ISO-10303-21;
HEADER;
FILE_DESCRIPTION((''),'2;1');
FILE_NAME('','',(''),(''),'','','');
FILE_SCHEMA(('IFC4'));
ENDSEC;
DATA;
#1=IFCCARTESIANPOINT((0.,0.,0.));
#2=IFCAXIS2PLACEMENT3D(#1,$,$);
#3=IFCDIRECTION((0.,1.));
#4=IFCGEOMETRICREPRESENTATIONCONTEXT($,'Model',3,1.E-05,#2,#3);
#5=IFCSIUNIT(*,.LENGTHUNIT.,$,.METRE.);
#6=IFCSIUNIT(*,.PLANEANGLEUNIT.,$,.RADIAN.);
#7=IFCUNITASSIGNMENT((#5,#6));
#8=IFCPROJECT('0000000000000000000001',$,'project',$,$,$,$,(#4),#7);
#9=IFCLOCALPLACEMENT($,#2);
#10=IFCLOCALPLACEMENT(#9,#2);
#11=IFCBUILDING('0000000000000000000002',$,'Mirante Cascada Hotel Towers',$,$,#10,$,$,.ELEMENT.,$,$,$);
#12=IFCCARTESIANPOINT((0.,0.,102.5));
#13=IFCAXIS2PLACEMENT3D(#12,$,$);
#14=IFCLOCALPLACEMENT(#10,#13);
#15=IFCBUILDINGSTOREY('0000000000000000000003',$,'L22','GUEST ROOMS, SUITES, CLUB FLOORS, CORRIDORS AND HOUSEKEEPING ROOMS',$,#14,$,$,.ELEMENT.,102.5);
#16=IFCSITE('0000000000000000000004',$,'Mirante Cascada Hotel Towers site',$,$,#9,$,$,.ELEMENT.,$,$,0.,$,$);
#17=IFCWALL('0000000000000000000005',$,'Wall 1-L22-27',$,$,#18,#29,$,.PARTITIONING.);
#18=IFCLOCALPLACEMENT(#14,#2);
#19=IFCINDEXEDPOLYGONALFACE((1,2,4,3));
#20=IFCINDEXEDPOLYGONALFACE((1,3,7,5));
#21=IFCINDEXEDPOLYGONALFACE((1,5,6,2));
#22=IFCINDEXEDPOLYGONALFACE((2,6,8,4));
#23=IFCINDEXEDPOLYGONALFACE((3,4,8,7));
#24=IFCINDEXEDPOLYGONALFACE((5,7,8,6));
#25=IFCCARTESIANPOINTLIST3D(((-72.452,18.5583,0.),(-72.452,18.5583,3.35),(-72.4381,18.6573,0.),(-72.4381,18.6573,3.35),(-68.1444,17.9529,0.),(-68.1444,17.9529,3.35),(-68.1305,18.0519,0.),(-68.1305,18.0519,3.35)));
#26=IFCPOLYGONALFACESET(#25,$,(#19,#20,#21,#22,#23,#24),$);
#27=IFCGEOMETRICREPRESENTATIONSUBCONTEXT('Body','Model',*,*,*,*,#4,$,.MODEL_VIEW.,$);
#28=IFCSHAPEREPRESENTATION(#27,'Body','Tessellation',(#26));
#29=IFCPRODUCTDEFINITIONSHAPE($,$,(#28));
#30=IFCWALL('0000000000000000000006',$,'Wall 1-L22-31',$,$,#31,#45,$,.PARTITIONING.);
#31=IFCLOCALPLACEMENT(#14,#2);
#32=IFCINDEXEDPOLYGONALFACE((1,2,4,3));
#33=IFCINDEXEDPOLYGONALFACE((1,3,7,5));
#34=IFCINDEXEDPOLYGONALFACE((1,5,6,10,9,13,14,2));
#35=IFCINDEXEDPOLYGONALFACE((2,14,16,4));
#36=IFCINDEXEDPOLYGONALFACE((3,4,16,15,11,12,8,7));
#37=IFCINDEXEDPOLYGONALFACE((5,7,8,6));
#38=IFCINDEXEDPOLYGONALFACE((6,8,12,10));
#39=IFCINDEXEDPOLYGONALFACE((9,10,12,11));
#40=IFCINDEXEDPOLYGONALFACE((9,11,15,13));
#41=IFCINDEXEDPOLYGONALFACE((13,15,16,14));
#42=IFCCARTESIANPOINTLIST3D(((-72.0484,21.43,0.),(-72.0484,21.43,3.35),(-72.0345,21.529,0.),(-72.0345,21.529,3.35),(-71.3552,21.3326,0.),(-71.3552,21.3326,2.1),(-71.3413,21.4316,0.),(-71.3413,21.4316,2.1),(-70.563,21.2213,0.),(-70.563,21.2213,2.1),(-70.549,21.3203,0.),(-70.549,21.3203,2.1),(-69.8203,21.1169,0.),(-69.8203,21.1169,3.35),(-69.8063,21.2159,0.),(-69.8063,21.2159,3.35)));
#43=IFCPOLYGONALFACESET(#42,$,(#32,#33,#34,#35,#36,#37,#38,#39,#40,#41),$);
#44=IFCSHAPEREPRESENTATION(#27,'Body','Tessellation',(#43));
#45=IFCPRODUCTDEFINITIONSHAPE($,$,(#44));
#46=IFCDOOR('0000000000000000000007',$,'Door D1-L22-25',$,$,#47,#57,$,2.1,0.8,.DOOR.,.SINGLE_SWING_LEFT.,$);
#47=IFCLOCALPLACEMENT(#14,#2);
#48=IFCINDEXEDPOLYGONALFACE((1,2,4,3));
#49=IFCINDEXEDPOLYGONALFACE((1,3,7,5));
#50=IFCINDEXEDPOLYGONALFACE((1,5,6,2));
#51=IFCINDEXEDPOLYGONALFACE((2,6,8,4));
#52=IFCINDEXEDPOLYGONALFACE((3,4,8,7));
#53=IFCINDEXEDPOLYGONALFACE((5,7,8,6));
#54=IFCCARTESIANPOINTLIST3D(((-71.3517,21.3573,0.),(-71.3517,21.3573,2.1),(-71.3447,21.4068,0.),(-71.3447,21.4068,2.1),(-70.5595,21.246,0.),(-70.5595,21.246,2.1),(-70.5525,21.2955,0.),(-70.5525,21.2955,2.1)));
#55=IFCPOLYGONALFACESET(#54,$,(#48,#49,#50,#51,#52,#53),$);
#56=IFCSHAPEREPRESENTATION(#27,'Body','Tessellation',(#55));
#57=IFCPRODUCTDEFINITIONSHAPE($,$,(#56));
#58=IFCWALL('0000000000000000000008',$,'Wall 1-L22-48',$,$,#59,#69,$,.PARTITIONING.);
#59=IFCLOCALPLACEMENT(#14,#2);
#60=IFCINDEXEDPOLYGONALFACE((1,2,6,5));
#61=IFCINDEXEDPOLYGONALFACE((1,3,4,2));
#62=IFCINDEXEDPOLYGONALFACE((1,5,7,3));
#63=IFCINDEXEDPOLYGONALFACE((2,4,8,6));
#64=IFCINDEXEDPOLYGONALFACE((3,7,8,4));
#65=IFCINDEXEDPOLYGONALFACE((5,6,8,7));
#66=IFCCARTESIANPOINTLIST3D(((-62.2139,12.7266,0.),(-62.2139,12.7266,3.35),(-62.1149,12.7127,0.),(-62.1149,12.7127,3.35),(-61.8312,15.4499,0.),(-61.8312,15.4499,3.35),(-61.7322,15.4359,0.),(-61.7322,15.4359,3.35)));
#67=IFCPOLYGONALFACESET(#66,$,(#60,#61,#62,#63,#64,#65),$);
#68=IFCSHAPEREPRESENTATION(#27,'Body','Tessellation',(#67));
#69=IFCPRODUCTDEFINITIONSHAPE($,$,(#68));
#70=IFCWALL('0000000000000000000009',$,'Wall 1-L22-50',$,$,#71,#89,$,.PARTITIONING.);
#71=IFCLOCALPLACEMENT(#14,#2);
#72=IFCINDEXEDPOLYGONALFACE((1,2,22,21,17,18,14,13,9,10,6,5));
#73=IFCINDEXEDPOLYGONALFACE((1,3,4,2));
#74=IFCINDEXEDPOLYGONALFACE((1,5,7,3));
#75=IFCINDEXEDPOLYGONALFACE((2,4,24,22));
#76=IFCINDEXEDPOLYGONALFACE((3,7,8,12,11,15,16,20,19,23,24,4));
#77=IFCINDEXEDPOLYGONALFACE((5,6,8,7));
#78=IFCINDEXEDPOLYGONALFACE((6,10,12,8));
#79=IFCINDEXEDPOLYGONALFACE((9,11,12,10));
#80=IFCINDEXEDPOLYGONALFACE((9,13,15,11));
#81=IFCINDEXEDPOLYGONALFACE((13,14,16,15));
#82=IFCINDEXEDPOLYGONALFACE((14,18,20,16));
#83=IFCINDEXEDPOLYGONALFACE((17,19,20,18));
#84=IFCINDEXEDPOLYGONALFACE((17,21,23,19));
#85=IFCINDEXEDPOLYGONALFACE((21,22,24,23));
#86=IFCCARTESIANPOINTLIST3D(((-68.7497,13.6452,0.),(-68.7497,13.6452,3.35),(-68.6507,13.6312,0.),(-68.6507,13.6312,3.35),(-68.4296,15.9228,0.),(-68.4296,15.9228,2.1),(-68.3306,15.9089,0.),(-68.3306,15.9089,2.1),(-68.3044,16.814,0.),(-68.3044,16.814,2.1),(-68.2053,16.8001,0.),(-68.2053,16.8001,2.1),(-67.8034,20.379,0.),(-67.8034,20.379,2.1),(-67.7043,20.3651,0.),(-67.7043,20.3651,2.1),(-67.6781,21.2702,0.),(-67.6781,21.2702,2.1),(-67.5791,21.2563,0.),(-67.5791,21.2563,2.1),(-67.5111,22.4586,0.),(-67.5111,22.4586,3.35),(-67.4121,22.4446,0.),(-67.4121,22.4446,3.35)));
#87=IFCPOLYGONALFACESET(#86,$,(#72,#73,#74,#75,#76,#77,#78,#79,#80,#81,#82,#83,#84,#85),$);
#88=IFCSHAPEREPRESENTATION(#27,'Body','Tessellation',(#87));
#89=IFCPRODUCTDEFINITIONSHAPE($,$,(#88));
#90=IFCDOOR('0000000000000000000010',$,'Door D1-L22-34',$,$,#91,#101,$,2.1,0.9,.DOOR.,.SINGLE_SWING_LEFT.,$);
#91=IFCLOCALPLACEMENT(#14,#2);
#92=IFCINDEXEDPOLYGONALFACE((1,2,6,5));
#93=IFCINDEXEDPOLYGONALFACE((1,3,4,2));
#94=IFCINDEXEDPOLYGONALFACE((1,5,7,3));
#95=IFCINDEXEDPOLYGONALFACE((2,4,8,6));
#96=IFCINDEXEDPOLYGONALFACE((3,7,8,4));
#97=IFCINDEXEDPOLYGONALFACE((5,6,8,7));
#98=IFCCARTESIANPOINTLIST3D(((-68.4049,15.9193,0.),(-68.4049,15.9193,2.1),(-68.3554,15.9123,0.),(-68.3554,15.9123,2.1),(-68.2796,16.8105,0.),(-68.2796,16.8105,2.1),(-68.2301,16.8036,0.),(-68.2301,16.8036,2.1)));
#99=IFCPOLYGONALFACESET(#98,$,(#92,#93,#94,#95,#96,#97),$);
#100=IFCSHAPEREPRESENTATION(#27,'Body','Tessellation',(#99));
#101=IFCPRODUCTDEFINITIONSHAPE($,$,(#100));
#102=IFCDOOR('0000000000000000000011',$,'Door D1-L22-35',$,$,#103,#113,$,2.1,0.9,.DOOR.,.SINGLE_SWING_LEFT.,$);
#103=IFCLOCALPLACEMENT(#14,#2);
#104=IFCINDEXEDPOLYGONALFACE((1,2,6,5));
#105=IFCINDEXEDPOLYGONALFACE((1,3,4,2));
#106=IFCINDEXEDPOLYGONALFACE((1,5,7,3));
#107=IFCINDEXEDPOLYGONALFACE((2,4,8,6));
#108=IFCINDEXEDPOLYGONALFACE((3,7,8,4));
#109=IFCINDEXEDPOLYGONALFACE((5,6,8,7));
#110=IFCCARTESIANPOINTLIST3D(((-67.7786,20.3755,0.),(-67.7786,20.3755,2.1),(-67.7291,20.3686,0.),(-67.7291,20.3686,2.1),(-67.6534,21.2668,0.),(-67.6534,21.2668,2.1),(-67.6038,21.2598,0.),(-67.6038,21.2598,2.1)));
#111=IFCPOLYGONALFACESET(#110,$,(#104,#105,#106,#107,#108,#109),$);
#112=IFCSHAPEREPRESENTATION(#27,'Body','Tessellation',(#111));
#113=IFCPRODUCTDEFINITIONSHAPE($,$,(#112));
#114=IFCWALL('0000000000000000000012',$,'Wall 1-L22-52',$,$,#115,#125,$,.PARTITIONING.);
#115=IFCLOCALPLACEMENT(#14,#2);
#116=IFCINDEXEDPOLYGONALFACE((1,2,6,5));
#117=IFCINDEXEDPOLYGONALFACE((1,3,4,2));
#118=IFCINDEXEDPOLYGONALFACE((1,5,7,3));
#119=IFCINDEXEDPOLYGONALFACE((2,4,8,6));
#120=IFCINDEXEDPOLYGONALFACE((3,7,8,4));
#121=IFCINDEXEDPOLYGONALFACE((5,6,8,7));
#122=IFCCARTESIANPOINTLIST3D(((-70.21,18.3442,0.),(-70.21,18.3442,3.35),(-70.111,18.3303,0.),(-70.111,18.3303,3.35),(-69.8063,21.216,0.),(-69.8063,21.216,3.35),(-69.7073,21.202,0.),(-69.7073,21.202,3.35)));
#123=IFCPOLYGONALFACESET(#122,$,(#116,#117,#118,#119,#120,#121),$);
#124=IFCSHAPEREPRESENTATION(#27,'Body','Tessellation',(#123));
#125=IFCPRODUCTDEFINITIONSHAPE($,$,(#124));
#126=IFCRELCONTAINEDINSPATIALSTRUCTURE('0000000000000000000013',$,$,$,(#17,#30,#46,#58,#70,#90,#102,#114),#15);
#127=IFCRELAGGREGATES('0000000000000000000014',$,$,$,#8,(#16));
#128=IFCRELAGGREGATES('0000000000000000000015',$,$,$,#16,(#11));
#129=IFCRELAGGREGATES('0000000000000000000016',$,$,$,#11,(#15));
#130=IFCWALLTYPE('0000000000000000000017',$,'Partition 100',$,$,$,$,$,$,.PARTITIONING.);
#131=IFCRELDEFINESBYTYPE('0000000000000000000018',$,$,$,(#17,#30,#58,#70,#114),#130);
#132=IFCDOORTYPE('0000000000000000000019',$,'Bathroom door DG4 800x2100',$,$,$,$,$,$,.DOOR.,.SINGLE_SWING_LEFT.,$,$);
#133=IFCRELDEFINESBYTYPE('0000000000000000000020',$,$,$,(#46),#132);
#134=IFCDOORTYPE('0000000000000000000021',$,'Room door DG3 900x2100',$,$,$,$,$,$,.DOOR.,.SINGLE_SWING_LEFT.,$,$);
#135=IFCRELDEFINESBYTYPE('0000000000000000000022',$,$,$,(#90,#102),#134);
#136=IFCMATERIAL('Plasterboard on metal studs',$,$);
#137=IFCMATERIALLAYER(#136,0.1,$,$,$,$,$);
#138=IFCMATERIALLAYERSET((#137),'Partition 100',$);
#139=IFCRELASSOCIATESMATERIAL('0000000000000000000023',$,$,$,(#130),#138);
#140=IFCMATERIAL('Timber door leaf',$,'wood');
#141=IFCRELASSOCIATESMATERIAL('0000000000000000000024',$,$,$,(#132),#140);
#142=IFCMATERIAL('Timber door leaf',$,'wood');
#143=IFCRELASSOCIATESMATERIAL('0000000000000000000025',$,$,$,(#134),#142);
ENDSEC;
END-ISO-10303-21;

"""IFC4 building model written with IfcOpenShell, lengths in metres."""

from ifc_helpers import new_model, si_unit, direction, frame, frame_2d, origin, place, context, subcontext, project, spatial, rectangle, extrude, material, layer, layer_set, type_object, element, fill, save


model = new_model("IFC4")

# Units and contexts
model_context = context("Model", 3, precision=1e-05, world=origin(), true_north=direction((0.0, 1.0)))
body_context = subcontext(model_context, "Body", "Model", "MODEL_VIEW")
ifc_project = project(units=[si_unit("LENGTHUNIT", "METRE"), si_unit("PLANEANGLEUNIT", "RADIAN")], contexts=[model_context])

# Site, building, storey
site_placement = place(None, origin())
site = spatial("IfcSite", under=ifc_project, at=site_placement, Name="Mirante Cascada Hotel Towers site", CompositionType="ELEMENT", RefElevation=0.0)
building_placement = place(site_placement, origin())
building = spatial("IfcBuilding", under=site, at=building_placement, Name="Mirante Cascada Hotel Towers", CompositionType="ELEMENT")
storey_placement = place(building_placement, frame((0.0, 0.0, 102.5)))
storey = spatial("IfcBuildingStorey", under=building, at=storey_placement, Name="L22", Description="GUEST ROOMS, SUITES, CLUB FLOORS, CORRIDORS AND HOUSEKEEPING ROOMS", CompositionType="ELEMENT", Elevation=102.5)

# Shared definitions
ifc_material_1 = material(Name="Plasterboard on metal studs")
ifc_layer_1 = layer(ifc_material_1, 0.1)
ifc_layer_set_1 = layer_set([ifc_layer_1], Name="Partition 100")
wall_type = type_object("IfcWallType", Name="Partition 100", PredefinedType="PARTITIONING", material=ifc_layer_set_1)
ifc_material_2 = material(Name="Timber door leaf", Category="wood")
door_type_1 = type_object("IfcDoorType", Name="Bathroom door DG4 800x2100", OperationType="SINGLE_SWING_LEFT", PredefinedType="DOOR", material=ifc_material_2)

# Wall
wall_1_placement = place(storey_placement, frame((-68.1374, 18.0024, 0.0), z_axis=(0.0, 0.0, 1.0), x_axis=(-0.990268, 0.139175, 0.0)))
element("IfcWall", 1, at=wall_1_placement, inside=storey, type_object=wall_type, Name="Wall 1-L22-27", PredefinedType="PARTITIONING", context=body_context, shape_type="SweptSolid", body=[
    extrude(rectangle(XDim=4.3499, YDim=0.1, at=frame_2d((2.175, 0.0))), origin(), (0.0, 0.0, 1.0), 3.35),
])

# Wall, opening, door
wall_2_placement = place(storey_placement, frame((-69.8133, 21.1664, 0.0), z_axis=(0.0, 0.0, 1.0), x_axis=(-0.990271, 0.139156, 0.0)))
wall_2 = element("IfcWall", 2, at=wall_2_placement, inside=storey, type_object=wall_type, Name="Wall 1-L22-31", PredefinedType="PARTITIONING", context=body_context, shape_type="SweptSolid", body=[
    extrude(rectangle(XDim=2.25, YDim=0.1, at=frame_2d((1.125, 0.0))), origin(), (0.0, 0.0, 1.0), 3.35),
])
opening_1_placement = place(wall_2_placement, frame((0.75, 0.0, 0.0)))
opening_1 = element("IfcOpeningElement", 3, at=opening_1_placement, cuts=wall_2, PredefinedType="OPENING", context=body_context, shape_type="SweptSolid", body=[
    extrude(rectangle(XDim=0.8, YDim=2.1, at=frame_2d((0.4, 1.05))), frame((0.0, 0.05, 0.0), z_axis=(0.0, -1.0, 0.0), x_axis=(1.0, 0.0, 0.0)), (0.0, 0.0, 1.0), 0.1),
])
door_1_placement = place(opening_1_placement, origin())
door_1 = element("IfcDoor", 4, at=door_1_placement, inside=storey, type_object=door_type_1, Name="Door D1-L22-25", OperationType="SINGLE_SWING_LEFT", OverallHeight=2.1, OverallWidth=0.8, PredefinedType="DOOR", context=body_context, shape_type="SweptSolid", body=[
    extrude(rectangle(XDim=0.8, YDim=2.1, at=frame_2d((0.4, 1.05))), frame((0.0, 0.025, 0.0), z_axis=(0.0, -1.0, 0.0), x_axis=(1.0, 0.0, 0.0)), (0.0, 0.0, 1.0), 0.05),
])
fill(opening_1, door_1)

# Wall
wall_3_placement = place(storey_placement, frame((-61.7817, 15.4429, 0.0), z_axis=(0.0, 0.0, 1.0), x_axis=(-0.139166, -0.990269, 0.0)))
element("IfcWall", 5, at=wall_3_placement, inside=storey, type_object=wall_type, Name="Wall 1-L22-48", PredefinedType="PARTITIONING", context=body_context, shape_type="SweptSolid", body=[
    extrude(rectangle(XDim=2.75, YDim=0.1, at=frame_2d((1.375, 0.0))), origin(), (0.0, 0.0, 1.0), 3.35),
])

# Wall, openings, doors
wall_4_placement = place(storey_placement, frame((-67.4616, 22.4516, 0.0), z_axis=(0.0, 0.0, 1.0), x_axis=(-0.139168, -0.990269, 0.0)))
wall_4 = element("IfcWall", 6, at=wall_4_placement, inside=storey, type_object=wall_type, Name="Wall 1-L22-50", PredefinedType="PARTITIONING", context=body_context, shape_type="SweptSolid", body=[
    extrude(rectangle(XDim=8.9, YDim=0.1, at=frame_2d((4.45, 0.0))), origin(), (0.0, 0.0, 1.0), 3.35),
])
opening_2_placement = place(wall_4_placement, frame((5.7, 0.0, 0.0)))
opening_2 = element("IfcOpeningElement", 7, at=opening_2_placement, cuts=wall_4, PredefinedType="OPENING", context=body_context, shape_type="SweptSolid", body=[
    extrude(rectangle(XDim=0.9, YDim=2.1, at=frame_2d((0.45, 1.05))), frame((0.0, 0.05, 0.0), z_axis=(0.0, -1.0, 0.0), x_axis=(1.0, 0.0, 0.0)), (0.0, 0.0, 1.0), 0.1),
])
opening_3_placement = place(wall_4_placement, frame((1.2, 0.0, 0.0)))
opening_3 = element("IfcOpeningElement", 8, at=opening_3_placement, cuts=wall_4, PredefinedType="OPENING", context=body_context, shape_type="SweptSolid", body=[
    extrude(rectangle(XDim=0.9, YDim=2.1, at=frame_2d((0.45, 1.05))), frame((0.0, 0.05, 0.0), z_axis=(0.0, -1.0, 0.0), x_axis=(1.0, 0.0, 0.0)), (0.0, 0.0, 1.0), 0.1),
])
ifc_material_3 = material(Name="Timber door leaf", Category="wood")
door_type_2 = type_object("IfcDoorType", Name="Room door DG3 900x2100", OperationType="SINGLE_SWING_LEFT", PredefinedType="DOOR", material=ifc_material_3)
door_2_placement = place(opening_2_placement, origin())
door_2 = element("IfcDoor", 9, at=door_2_placement, inside=storey, type_object=door_type_2, Name="Door D1-L22-34", OperationType="SINGLE_SWING_LEFT", OverallHeight=2.1, OverallWidth=0.9, PredefinedType="DOOR", context=body_context, shape_type="SweptSolid", body=[
    extrude(rectangle(XDim=0.9, YDim=2.1, at=frame_2d((0.45, 1.05))), frame((0.0, 0.025, 0.0), z_axis=(0.0, -1.0, 0.0), x_axis=(1.0, 0.0, 0.0)), (0.0, 0.0, 1.0), 0.05),
])
fill(opening_2, door_2)
door_3_placement = place(opening_3_placement, origin())
door_3 = element("IfcDoor", 10, at=door_3_placement, inside=storey, type_object=door_type_2, Name="Door D1-L22-35", OperationType="SINGLE_SWING_LEFT", OverallHeight=2.1, OverallWidth=0.9, PredefinedType="DOOR", context=body_context, shape_type="SweptSolid", body=[
    extrude(rectangle(XDim=0.9, YDim=2.1, at=frame_2d((0.45, 1.05))), frame((0.0, 0.025, 0.0), z_axis=(0.0, -1.0, 0.0), x_axis=(1.0, 0.0, 0.0)), (0.0, 0.0, 1.0), 0.05),
])
fill(opening_3, door_3)

# Wall
wall_5_placement = place(storey_placement, frame((-69.7568, 21.209, 0.0), z_axis=(0.0, 0.0, 1.0), x_axis=(-0.139205, -0.990264, 0.0)))
element("IfcWall", 11, at=wall_5_placement, inside=storey, type_object=wall_type, Name="Wall 1-L22-52", PredefinedType="PARTITIONING", context=body_context, shape_type="SweptSolid", body=[
    extrude(rectangle(XDim=2.9, YDim=0.1, at=frame_2d((1.45, 0.0))), origin(), (0.0, 0.0, 1.0), 3.35),
])

save(model, "model.ifc")
